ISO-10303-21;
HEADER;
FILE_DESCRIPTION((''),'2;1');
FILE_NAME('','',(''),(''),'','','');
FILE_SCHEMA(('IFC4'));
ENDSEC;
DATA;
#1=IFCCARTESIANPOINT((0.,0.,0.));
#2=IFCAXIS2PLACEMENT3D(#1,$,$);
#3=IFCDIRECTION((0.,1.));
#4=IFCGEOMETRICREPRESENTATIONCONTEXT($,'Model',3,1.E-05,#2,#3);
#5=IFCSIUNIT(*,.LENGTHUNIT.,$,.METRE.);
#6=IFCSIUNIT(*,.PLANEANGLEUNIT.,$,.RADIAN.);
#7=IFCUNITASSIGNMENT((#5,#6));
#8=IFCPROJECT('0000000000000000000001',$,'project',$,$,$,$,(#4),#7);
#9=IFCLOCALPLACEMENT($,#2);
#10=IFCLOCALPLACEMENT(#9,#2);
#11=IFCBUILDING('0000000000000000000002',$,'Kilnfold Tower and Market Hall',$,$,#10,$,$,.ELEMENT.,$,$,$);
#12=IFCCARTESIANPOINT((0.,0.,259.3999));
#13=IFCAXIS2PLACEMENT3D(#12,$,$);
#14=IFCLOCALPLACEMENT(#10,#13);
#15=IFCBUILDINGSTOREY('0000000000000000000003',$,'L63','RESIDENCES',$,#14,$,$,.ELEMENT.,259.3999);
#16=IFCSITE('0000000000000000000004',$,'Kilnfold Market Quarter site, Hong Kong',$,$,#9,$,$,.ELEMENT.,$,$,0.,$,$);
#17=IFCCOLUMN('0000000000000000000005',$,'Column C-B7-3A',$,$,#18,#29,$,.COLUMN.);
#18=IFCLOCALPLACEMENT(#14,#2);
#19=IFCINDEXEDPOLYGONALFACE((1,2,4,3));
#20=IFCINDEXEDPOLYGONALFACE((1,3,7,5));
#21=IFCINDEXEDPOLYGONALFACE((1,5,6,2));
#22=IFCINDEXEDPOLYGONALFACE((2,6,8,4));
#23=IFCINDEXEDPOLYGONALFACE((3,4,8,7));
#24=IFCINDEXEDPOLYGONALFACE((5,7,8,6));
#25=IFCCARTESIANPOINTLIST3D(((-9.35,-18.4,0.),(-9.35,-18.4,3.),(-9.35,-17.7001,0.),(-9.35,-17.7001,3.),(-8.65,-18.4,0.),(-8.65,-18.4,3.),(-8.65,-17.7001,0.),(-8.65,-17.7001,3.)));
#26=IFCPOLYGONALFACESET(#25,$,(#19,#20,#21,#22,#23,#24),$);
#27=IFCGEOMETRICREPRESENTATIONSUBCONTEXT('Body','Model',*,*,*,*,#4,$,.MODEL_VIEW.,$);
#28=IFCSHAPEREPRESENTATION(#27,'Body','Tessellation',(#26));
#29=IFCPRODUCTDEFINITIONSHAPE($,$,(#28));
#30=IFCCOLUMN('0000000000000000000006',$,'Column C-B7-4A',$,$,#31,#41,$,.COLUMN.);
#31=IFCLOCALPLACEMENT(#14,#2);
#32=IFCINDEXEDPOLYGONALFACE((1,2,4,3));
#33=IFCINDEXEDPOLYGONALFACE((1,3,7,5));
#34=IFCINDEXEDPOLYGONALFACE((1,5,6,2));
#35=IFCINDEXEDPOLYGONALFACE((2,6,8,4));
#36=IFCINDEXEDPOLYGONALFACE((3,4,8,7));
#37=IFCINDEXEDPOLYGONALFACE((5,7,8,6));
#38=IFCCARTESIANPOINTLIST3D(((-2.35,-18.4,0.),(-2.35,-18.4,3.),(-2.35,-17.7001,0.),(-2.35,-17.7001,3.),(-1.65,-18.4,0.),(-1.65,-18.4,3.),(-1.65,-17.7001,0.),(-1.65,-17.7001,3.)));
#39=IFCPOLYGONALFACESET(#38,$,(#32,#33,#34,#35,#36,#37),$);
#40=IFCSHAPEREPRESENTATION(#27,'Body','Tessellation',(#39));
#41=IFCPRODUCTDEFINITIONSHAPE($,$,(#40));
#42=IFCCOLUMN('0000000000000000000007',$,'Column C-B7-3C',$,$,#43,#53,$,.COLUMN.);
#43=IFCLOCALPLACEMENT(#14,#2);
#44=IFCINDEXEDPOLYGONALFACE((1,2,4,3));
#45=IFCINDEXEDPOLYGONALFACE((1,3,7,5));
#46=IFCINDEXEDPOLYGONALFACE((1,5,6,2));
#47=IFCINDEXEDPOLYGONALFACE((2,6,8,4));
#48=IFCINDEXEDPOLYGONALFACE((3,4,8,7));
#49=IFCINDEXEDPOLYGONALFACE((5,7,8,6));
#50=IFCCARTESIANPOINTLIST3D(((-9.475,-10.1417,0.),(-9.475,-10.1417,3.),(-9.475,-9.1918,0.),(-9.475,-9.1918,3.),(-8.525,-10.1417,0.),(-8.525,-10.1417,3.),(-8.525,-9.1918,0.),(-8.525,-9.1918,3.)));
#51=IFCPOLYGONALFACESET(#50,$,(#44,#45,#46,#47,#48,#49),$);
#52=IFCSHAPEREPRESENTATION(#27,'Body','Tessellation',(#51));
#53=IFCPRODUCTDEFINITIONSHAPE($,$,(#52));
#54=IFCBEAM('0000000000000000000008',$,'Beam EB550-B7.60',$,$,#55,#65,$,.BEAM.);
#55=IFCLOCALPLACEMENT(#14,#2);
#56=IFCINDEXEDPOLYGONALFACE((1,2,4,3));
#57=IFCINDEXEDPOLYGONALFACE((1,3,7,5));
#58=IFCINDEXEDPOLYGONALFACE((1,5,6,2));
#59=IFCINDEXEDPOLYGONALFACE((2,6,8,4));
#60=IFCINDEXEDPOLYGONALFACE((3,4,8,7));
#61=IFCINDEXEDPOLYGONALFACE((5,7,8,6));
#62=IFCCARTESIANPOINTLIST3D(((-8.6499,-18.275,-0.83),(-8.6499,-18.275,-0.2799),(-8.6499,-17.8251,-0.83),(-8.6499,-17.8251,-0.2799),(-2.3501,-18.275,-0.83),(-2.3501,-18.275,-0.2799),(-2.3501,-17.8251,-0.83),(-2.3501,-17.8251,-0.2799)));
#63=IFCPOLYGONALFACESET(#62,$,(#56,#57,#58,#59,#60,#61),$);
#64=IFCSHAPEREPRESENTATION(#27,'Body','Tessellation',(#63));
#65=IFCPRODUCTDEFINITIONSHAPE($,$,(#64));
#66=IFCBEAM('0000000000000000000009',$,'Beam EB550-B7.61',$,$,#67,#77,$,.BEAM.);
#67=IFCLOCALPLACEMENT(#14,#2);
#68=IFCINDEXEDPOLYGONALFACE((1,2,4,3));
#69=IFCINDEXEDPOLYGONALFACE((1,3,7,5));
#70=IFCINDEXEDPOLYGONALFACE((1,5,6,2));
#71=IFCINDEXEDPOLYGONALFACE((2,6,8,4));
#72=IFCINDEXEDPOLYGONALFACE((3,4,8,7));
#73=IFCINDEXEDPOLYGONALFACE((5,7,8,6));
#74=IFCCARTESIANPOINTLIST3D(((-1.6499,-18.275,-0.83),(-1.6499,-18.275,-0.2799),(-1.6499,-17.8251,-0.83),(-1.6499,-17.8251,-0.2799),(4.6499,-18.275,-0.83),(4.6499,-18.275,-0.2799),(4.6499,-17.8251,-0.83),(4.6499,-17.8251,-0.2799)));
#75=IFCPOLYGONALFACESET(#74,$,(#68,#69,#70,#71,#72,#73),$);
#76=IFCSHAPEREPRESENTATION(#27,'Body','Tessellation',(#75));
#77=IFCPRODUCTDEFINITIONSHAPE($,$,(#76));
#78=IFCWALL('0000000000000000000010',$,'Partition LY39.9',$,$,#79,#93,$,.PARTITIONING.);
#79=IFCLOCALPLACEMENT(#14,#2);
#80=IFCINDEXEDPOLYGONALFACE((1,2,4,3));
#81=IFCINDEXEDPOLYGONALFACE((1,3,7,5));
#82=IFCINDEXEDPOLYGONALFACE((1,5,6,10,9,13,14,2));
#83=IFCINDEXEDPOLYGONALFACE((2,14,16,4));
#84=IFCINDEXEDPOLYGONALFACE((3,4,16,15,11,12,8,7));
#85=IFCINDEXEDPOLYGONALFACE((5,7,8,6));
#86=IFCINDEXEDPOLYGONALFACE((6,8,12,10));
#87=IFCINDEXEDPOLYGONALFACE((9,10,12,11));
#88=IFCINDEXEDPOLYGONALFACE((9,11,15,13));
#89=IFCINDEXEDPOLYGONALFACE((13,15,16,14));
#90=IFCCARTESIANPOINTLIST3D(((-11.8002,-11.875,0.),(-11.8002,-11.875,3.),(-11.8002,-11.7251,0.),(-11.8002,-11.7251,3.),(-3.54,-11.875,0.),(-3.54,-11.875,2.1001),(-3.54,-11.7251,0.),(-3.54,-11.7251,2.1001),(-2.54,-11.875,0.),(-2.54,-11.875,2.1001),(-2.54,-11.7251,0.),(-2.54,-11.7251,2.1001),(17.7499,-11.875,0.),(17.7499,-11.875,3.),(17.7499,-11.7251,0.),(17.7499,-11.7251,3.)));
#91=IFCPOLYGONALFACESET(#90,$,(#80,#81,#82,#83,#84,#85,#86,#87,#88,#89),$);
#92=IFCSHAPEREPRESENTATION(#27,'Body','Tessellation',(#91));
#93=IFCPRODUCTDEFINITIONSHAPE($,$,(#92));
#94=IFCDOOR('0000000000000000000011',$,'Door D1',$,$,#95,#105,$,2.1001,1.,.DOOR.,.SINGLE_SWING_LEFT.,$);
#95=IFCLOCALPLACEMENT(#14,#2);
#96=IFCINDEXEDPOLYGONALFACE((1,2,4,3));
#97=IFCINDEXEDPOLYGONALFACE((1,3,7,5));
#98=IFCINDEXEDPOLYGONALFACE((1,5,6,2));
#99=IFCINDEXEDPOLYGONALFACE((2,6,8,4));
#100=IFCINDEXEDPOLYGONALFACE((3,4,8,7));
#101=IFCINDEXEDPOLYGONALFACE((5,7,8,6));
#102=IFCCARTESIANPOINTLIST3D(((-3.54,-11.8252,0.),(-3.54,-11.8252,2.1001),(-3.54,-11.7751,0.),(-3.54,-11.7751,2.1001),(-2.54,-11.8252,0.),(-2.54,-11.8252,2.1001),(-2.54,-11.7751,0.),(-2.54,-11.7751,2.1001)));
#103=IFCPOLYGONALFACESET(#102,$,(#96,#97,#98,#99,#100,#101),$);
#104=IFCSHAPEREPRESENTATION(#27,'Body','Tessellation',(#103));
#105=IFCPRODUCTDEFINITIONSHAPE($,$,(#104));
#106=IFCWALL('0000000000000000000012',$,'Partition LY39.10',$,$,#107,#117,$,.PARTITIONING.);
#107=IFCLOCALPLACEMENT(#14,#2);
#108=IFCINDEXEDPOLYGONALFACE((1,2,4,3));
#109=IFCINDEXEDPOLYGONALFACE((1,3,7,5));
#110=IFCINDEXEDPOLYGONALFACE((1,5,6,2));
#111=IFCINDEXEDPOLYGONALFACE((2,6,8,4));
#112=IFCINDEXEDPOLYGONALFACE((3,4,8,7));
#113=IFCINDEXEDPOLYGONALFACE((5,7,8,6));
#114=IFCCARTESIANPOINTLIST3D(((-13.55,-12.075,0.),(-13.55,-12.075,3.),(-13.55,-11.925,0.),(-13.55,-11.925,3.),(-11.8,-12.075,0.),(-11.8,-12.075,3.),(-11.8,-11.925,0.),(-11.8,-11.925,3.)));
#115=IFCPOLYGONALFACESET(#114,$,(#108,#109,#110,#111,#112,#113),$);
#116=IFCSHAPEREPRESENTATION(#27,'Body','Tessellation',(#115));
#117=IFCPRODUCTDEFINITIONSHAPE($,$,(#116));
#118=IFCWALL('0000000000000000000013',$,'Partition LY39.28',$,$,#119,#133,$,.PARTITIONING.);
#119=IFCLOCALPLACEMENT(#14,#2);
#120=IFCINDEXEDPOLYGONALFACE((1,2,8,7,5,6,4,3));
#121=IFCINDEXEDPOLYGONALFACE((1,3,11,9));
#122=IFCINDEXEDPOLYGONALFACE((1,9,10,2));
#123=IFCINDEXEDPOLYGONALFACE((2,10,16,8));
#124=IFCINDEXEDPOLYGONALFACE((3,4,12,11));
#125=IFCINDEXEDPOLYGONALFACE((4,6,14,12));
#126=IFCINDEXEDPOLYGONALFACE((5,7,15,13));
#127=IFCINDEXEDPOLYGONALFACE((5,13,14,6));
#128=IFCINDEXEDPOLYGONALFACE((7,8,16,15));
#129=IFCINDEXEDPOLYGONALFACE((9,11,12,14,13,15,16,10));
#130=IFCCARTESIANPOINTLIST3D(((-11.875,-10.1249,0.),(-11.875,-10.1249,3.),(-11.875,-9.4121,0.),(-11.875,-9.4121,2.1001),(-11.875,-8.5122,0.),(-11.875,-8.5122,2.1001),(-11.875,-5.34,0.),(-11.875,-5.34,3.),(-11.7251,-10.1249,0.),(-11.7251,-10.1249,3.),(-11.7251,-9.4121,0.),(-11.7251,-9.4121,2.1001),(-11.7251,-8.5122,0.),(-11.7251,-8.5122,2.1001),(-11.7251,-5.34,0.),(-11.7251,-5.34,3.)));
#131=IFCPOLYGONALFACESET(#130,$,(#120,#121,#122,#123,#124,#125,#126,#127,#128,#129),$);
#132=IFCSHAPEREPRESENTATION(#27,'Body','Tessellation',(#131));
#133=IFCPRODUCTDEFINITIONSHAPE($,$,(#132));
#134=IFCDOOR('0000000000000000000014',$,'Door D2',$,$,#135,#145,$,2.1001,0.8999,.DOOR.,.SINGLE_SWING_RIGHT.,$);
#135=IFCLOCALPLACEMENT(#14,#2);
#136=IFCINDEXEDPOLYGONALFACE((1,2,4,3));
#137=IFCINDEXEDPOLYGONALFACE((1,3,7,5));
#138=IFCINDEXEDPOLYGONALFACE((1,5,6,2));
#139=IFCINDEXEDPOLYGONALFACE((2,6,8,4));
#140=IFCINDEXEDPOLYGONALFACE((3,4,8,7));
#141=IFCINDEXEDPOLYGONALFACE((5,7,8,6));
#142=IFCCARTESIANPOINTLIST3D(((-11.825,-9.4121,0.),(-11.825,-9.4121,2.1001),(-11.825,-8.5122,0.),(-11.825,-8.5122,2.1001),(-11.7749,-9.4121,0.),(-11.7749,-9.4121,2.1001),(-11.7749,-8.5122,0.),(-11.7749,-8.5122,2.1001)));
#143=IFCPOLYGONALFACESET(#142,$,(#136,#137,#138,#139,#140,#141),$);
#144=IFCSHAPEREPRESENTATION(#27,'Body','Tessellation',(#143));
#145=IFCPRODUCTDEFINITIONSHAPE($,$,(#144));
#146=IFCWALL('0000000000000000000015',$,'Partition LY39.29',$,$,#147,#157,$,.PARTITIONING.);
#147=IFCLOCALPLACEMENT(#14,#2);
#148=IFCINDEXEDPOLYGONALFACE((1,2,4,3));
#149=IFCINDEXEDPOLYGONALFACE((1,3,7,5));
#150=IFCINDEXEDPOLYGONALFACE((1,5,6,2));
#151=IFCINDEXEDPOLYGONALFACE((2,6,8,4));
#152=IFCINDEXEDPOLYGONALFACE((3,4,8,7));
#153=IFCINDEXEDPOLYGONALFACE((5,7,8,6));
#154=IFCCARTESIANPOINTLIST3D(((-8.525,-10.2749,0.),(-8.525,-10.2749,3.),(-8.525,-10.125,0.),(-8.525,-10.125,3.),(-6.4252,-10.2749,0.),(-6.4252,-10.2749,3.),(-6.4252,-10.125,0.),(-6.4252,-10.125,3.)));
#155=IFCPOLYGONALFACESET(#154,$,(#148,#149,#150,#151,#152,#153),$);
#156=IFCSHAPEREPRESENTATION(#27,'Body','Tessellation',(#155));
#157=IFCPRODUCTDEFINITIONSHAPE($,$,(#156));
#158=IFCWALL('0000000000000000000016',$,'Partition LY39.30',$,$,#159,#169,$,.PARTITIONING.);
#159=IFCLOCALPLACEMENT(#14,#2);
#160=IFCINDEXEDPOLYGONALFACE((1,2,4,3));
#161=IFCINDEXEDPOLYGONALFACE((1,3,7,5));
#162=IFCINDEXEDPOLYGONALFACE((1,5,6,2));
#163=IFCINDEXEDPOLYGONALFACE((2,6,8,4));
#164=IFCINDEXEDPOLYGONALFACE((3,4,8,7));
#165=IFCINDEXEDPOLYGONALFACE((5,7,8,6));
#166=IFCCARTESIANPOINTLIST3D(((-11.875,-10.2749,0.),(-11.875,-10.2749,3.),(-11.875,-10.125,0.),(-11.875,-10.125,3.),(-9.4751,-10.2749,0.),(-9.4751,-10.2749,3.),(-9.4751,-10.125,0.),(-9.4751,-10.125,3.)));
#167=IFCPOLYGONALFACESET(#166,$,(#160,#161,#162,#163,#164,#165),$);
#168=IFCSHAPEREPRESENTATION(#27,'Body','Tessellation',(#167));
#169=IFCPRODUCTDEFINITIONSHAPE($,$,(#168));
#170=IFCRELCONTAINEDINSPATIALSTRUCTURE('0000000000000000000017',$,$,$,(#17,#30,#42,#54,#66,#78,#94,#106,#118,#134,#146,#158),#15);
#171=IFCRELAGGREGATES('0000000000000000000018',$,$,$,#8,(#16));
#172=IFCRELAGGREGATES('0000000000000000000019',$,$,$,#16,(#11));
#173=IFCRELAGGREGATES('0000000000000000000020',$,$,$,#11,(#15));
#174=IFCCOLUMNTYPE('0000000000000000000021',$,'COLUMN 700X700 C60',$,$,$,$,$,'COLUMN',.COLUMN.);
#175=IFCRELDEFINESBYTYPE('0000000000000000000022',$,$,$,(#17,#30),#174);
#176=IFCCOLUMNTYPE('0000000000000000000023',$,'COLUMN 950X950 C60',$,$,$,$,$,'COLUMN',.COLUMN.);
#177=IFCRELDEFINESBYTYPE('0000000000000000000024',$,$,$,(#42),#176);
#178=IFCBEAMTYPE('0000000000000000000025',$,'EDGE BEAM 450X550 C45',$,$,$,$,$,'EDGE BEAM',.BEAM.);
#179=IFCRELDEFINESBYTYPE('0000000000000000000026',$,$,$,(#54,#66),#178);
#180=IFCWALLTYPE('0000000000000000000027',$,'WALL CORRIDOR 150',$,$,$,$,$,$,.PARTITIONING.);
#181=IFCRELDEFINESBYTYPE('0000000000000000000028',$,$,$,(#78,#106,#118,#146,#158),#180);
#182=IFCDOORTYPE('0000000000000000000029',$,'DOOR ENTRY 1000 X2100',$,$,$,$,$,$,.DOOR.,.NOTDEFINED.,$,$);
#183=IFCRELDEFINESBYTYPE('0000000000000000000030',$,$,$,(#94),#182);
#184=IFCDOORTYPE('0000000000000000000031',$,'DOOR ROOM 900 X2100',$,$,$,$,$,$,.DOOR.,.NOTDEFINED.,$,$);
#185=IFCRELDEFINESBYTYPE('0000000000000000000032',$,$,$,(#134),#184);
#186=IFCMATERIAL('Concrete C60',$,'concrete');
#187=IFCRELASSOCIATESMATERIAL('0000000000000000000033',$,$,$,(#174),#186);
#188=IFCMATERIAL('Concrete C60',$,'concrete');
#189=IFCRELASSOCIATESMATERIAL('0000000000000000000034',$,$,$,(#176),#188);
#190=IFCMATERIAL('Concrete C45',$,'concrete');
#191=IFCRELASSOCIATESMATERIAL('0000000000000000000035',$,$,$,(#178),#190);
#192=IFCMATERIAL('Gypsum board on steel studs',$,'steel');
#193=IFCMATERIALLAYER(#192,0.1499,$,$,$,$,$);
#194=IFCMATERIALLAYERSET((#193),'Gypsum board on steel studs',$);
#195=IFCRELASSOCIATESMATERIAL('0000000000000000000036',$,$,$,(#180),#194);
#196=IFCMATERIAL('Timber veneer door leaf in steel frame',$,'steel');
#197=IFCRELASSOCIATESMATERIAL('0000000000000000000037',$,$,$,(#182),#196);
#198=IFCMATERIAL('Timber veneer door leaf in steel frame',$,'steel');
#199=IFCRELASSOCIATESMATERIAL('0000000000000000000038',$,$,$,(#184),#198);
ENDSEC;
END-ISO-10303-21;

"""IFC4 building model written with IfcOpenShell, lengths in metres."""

from ifc_helpers import new_model, si_unit, direction, frame, frame_2d, origin, origin_2d, place, context, subcontext, project, spatial, rectangle, extrude, source, transform, mapped, material, layer, layer_set, material_profile, profile_set, type_object, element, fill, save


model = new_model("IFC4")

# Units and contexts
model_context = context("Model", 3, precision=1e-05, world=origin(), true_north=direction((0.0, 1.0)))
body_context = subcontext(model_context, "Body", "Model", "MODEL_VIEW")
ifc_project = project(units=[si_unit("LENGTHUNIT", "METRE"), si_unit("PLANEANGLEUNIT", "RADIAN")], contexts=[model_context])

# Site, building, storey
site_placement = place(None, origin())
site = spatial("IfcSite", under=ifc_project, at=site_placement, Name="Kilnfold Market Quarter site, Hong Kong", CompositionType="ELEMENT", RefElevation=0.0)
building_placement = place(site_placement, origin())
building = spatial("IfcBuilding", under=site, at=building_placement, Name="Kilnfold Tower and Market Hall", CompositionType="ELEMENT")
storey_placement = place(building_placement, frame((0.0, 0.0, 259.3999)))
storey = spatial("IfcBuildingStorey", under=building, at=storey_placement, Name="L63", Description="RESIDENCES", CompositionType="ELEMENT", Elevation=259.3999)

# Columns
ifc_material_1 = material(Name="Concrete C60", Category="concrete")
ifc_material_profile_1 = material_profile(ifc_material_1, rectangle(XDim=0.7, YDim=0.7, at=origin_2d()), Name="RC 700x700")
ifc_profile_set_1 = profile_set([ifc_material_profile_1], Name="Concrete C60")
column_type_1 = type_object("IfcColumnType", Name="COLUMN 700X700 C60", ElementType="COLUMN", PredefinedType="COLUMN", material=ifc_profile_set_1)
shared_shape_1 = source(origin(), body_context, "Body", "SweptSolid", [
    extrude(rectangle(XDim=0.7, YDim=0.7, at=origin_2d()), origin(), (0.0, 0.0, 1.0), 3.0),
])
for number, where, z_axis, x_axis, name in (
    (1, (-9.0, -18.05, 0.0), (0.0, 0.0, 1.0), (1.0, 0.0, 0.0), "Column C-B7-3A"),
    (2, (-2.0, -18.05, 0.0), (0.0, 0.0, 1.0), (1.0, 0.0, 0.0), "Column C-B7-4A"),
):
    element("IfcColumn", number, at=place(storey_placement, frame(where, z_axis=z_axis, x_axis=x_axis)), inside=storey, type_object=column_type_1, Name=name, PredefinedType="COLUMN", context=body_context, shape_type="MappedRepresentation", body=[
        mapped(shared_shape_1, transform((0.0, 0.0, 0.0))),
    ])
ifc_material_2 = material(Name="Concrete C60", Category="concrete")
ifc_material_profile_2 = material_profile(ifc_material_2, rectangle(XDim=0.95, YDim=0.95, at=origin_2d()), Name="RC 950x950")
ifc_profile_set_2 = profile_set([ifc_material_profile_2], Name="Concrete C60")
column_type_2 = type_object("IfcColumnType", Name="COLUMN 950X950 C60", ElementType="COLUMN", PredefinedType="COLUMN", material=ifc_profile_set_2)
shared_shape_2 = source(origin(), body_context, "Body", "SweptSolid", [
    extrude(rectangle(XDim=0.95, YDim=0.95, at=origin_2d()), origin(), (0.0, 0.0, 1.0), 3.0),
])
column_placement = place(storey_placement, frame((-9.0, -9.6667, 0.0), z_axis=(0.0, 0.0, 1.0), x_axis=(1.0, 0.0, 0.0)))
element("IfcColumn", 3, at=column_placement, inside=storey, type_object=column_type_2, Name="Column C-B7-3C", PredefinedType="COLUMN", context=body_context, shape_type="MappedRepresentation", body=[
    mapped(shared_shape_2, transform((0.0, 0.0, 0.0))),
])

# Beams
ifc_material_3 = material(Name="Concrete C45", Category="concrete")
ifc_material_profile_3 = material_profile(ifc_material_3, rectangle(XDim=0.45, YDim=0.55, at=origin_2d()), Name="RC 450x550")
ifc_profile_set_3 = profile_set([ifc_material_profile_3], Name="Concrete C45")
beam_type = type_object("IfcBeamType", Name="EDGE BEAM 450X550 C45", ElementType="EDGE BEAM", PredefinedType="BEAM", material=ifc_profile_set_3)
shared_shape_3 = source(origin(), body_context, "Body", "SweptSolid", [
    extrude(rectangle(XDim=0.45, YDim=0.55, at=origin_2d()), origin(), (0.0, 0.0, 1.0), 6.2998),
])
for number, where, z_axis, x_axis, name in (
    (4, (-8.6499, -18.05, -0.5549), (1.0, 0.0, 0.0), (0.0, 1.0, 0.0), "Beam EB550-B7.60"),
    (5, (-1.6499, -18.05, -0.5549), (1.0, 0.0, 0.0), (0.0, 1.0, 0.0), "Beam EB550-B7.61"),
):
    element("IfcBeam", number, at=place(storey_placement, frame(where, z_axis=z_axis, x_axis=x_axis)), inside=storey, type_object=beam_type, Name=name, PredefinedType="BEAM", context=body_context, shape_type="MappedRepresentation", body=[
        mapped(shared_shape_3, transform((0.0, 0.0, 0.0))),
    ])

# Wall, opening, door
ifc_material_4 = material(Name="Gypsum board on steel studs", Category="steel")
ifc_layer_1 = layer(ifc_material_4, 0.1499)
ifc_layer_set_1 = layer_set([ifc_layer_1], Name="Gypsum board on steel studs")
wall_type_1 = type_object("IfcWallType", Name="WALL CORRIDOR 150", PredefinedType="PARTITIONING", material=ifc_layer_set_1)
wall_1_placement = place(storey_placement, frame((-11.8, -11.8, 0.0), z_axis=(0.0, 0.0, 1.0), x_axis=(1.0, 0.0, 0.0)))
wall_1 = element("IfcWall", 6, at=wall_1_placement, inside=storey, type_object=wall_type_1, Name="Partition LY39.9", PredefinedType="PARTITIONING", context=body_context, shape_type="SweptSolid", body=[
    extrude(rectangle(XDim=29.55, YDim=0.1499, at=frame_2d((14.7749, 0.0))), origin(), (0.0, 0.0, 1.0), 3.0),
])
opening_1_placement = place(wall_1_placement, frame((8.26, 0.0, 0.0)))
opening_1 = element("IfcOpeningElement", 7, at=opening_1_placement, cuts=wall_1, PredefinedType="OPENING", context=body_context, shape_type="SweptSolid", body=[
    extrude(rectangle(XDim=1.0, YDim=2.1001, at=frame_2d((0.5, 1.05))), frame((0.0, 0.085, 0.0), z_axis=(0.0, -1.0, 0.0), x_axis=(1.0, 0.0, 0.0)), (0.0, 0.0, 1.0), 0.1699),
])
ifc_material_5 = material(Name="Timber veneer door leaf in steel frame", Category="steel")
door_type_1 = type_object("IfcDoorType", Name="DOOR ENTRY 1000 X2100", OperationType="NOTDEFINED", PredefinedType="DOOR", material=ifc_material_5)
door_1_placement = place(opening_1_placement, origin())
door_1 = element("IfcDoor", 8, at=door_1_placement, inside=storey, type_object=door_type_1, Name="Door D1", OperationType="SINGLE_SWING_LEFT", OverallHeight=2.1001, OverallWidth=1.0, PredefinedType="DOOR", context=body_context, shape_type="SweptSolid", body=[
    extrude(rectangle(XDim=1.0, YDim=2.1001, at=frame_2d((0.5, 1.05))), frame((0.0, 0.0249, 0.0), z_axis=(0.0, -1.0, 0.0), x_axis=(1.0, 0.0, 0.0)), (0.0, 0.0, 1.0), 0.05),
])
fill(opening_1, door_1)

# Wall
wall_2_placement = place(storey_placement, frame((-13.55, -12.0, 0.0), z_axis=(0.0, 0.0, 1.0), x_axis=(1.0, 0.0, 0.0)))
element("IfcWall", 9, at=wall_2_placement, inside=storey, type_object=wall_type_1, Name="Partition LY39.10", PredefinedType="PARTITIONING", context=body_context, shape_type="SweptSolid", body=[
    extrude(rectangle(XDim=1.75, YDim=0.1499, at=frame_2d((0.875, 0.0))), origin(), (0.0, 0.0, 1.0), 3.0),
])

# Wall, opening, door
wall_3_placement = place(storey_placement, frame((-11.8, -10.125, 0.0), z_axis=(0.0, 0.0, 1.0), x_axis=(0.0, 1.0, 0.0)))
wall_3 = element("IfcWall", 10, at=wall_3_placement, inside=storey, type_object=wall_type_1, Name="Partition LY39.28", PredefinedType="PARTITIONING", context=body_context, shape_type="SweptSolid", body=[
    extrude(rectangle(XDim=4.7849, YDim=0.1499, at=frame_2d((2.3926, 0.0))), origin(), (0.0, 0.0, 1.0), 3.0),
])
opening_2_placement = place(wall_3_placement, frame((0.7129, 0.0, 0.0)))
opening_2 = element("IfcOpeningElement", 11, at=opening_2_placement, cuts=wall_3, PredefinedType="OPENING", context=body_context, shape_type="SweptSolid", body=[
    extrude(rectangle(XDim=0.8999, YDim=2.1001, at=frame_2d((0.45, 1.05))), frame((0.0, 0.085, 0.0), z_axis=(0.0, -1.0, 0.0), x_axis=(1.0, 0.0, 0.0)), (0.0, 0.0, 1.0), 0.1699),
])
ifc_material_6 = material(Name="Timber veneer door leaf in steel frame", Category="steel")
door_type_2 = type_object("IfcDoorType", Name="DOOR ROOM 900 X2100", OperationType="NOTDEFINED", PredefinedType="DOOR", material=ifc_material_6)
door_2_placement = place(opening_2_placement, origin())
door_2 = element("IfcDoor", 12, at=door_2_placement, inside=storey, type_object=door_type_2, Name="Door D2", OperationType="SINGLE_SWING_RIGHT", OverallHeight=2.1001, OverallWidth=0.8999, PredefinedType="DOOR", context=body_context, shape_type="SweptSolid", body=[
    extrude(rectangle(XDim=0.8999, YDim=2.1001, at=frame_2d((0.45, 1.05))), frame((0.0, 0.0249, 0.0), z_axis=(0.0, -1.0, 0.0), x_axis=(1.0, 0.0, 0.0)), (0.0, 0.0, 1.0), 0.05),
])
fill(opening_2, door_2)

# Walls
wall_4_placement = place(storey_placement, frame((-8.5249, -10.2, 0.0), z_axis=(0.0, 0.0, 1.0), x_axis=(1.0, 0.0, 0.0)))
element("IfcWall", 13, at=wall_4_placement, inside=storey, type_object=wall_type_1, Name="Partition LY39.29", PredefinedType="PARTITIONING", context=body_context, shape_type="SweptSolid", body=[
    extrude(rectangle(XDim=2.0999, YDim=0.1499, at=frame_2d((1.0498, 0.0))), origin(), (0.0, 0.0, 1.0), 3.0),
])
wall_5_placement = place(storey_placement, frame((-11.875, -10.2, 0.0), z_axis=(0.0, 0.0, 1.0), x_axis=(1.0, 0.0, 0.0)))
element("IfcWall", 14, at=wall_5_placement, inside=storey, type_object=wall_type_1, Name="Partition LY39.30", PredefinedType="PARTITIONING", context=body_context, shape_type="SweptSolid", body=[
    extrude(rectangle(XDim=2.3999, YDim=0.1499, at=frame_2d((1.2, 0.0))), origin(), (0.0, 0.0, 1.0), 3.0),
])

save(model, "model.ifc")
